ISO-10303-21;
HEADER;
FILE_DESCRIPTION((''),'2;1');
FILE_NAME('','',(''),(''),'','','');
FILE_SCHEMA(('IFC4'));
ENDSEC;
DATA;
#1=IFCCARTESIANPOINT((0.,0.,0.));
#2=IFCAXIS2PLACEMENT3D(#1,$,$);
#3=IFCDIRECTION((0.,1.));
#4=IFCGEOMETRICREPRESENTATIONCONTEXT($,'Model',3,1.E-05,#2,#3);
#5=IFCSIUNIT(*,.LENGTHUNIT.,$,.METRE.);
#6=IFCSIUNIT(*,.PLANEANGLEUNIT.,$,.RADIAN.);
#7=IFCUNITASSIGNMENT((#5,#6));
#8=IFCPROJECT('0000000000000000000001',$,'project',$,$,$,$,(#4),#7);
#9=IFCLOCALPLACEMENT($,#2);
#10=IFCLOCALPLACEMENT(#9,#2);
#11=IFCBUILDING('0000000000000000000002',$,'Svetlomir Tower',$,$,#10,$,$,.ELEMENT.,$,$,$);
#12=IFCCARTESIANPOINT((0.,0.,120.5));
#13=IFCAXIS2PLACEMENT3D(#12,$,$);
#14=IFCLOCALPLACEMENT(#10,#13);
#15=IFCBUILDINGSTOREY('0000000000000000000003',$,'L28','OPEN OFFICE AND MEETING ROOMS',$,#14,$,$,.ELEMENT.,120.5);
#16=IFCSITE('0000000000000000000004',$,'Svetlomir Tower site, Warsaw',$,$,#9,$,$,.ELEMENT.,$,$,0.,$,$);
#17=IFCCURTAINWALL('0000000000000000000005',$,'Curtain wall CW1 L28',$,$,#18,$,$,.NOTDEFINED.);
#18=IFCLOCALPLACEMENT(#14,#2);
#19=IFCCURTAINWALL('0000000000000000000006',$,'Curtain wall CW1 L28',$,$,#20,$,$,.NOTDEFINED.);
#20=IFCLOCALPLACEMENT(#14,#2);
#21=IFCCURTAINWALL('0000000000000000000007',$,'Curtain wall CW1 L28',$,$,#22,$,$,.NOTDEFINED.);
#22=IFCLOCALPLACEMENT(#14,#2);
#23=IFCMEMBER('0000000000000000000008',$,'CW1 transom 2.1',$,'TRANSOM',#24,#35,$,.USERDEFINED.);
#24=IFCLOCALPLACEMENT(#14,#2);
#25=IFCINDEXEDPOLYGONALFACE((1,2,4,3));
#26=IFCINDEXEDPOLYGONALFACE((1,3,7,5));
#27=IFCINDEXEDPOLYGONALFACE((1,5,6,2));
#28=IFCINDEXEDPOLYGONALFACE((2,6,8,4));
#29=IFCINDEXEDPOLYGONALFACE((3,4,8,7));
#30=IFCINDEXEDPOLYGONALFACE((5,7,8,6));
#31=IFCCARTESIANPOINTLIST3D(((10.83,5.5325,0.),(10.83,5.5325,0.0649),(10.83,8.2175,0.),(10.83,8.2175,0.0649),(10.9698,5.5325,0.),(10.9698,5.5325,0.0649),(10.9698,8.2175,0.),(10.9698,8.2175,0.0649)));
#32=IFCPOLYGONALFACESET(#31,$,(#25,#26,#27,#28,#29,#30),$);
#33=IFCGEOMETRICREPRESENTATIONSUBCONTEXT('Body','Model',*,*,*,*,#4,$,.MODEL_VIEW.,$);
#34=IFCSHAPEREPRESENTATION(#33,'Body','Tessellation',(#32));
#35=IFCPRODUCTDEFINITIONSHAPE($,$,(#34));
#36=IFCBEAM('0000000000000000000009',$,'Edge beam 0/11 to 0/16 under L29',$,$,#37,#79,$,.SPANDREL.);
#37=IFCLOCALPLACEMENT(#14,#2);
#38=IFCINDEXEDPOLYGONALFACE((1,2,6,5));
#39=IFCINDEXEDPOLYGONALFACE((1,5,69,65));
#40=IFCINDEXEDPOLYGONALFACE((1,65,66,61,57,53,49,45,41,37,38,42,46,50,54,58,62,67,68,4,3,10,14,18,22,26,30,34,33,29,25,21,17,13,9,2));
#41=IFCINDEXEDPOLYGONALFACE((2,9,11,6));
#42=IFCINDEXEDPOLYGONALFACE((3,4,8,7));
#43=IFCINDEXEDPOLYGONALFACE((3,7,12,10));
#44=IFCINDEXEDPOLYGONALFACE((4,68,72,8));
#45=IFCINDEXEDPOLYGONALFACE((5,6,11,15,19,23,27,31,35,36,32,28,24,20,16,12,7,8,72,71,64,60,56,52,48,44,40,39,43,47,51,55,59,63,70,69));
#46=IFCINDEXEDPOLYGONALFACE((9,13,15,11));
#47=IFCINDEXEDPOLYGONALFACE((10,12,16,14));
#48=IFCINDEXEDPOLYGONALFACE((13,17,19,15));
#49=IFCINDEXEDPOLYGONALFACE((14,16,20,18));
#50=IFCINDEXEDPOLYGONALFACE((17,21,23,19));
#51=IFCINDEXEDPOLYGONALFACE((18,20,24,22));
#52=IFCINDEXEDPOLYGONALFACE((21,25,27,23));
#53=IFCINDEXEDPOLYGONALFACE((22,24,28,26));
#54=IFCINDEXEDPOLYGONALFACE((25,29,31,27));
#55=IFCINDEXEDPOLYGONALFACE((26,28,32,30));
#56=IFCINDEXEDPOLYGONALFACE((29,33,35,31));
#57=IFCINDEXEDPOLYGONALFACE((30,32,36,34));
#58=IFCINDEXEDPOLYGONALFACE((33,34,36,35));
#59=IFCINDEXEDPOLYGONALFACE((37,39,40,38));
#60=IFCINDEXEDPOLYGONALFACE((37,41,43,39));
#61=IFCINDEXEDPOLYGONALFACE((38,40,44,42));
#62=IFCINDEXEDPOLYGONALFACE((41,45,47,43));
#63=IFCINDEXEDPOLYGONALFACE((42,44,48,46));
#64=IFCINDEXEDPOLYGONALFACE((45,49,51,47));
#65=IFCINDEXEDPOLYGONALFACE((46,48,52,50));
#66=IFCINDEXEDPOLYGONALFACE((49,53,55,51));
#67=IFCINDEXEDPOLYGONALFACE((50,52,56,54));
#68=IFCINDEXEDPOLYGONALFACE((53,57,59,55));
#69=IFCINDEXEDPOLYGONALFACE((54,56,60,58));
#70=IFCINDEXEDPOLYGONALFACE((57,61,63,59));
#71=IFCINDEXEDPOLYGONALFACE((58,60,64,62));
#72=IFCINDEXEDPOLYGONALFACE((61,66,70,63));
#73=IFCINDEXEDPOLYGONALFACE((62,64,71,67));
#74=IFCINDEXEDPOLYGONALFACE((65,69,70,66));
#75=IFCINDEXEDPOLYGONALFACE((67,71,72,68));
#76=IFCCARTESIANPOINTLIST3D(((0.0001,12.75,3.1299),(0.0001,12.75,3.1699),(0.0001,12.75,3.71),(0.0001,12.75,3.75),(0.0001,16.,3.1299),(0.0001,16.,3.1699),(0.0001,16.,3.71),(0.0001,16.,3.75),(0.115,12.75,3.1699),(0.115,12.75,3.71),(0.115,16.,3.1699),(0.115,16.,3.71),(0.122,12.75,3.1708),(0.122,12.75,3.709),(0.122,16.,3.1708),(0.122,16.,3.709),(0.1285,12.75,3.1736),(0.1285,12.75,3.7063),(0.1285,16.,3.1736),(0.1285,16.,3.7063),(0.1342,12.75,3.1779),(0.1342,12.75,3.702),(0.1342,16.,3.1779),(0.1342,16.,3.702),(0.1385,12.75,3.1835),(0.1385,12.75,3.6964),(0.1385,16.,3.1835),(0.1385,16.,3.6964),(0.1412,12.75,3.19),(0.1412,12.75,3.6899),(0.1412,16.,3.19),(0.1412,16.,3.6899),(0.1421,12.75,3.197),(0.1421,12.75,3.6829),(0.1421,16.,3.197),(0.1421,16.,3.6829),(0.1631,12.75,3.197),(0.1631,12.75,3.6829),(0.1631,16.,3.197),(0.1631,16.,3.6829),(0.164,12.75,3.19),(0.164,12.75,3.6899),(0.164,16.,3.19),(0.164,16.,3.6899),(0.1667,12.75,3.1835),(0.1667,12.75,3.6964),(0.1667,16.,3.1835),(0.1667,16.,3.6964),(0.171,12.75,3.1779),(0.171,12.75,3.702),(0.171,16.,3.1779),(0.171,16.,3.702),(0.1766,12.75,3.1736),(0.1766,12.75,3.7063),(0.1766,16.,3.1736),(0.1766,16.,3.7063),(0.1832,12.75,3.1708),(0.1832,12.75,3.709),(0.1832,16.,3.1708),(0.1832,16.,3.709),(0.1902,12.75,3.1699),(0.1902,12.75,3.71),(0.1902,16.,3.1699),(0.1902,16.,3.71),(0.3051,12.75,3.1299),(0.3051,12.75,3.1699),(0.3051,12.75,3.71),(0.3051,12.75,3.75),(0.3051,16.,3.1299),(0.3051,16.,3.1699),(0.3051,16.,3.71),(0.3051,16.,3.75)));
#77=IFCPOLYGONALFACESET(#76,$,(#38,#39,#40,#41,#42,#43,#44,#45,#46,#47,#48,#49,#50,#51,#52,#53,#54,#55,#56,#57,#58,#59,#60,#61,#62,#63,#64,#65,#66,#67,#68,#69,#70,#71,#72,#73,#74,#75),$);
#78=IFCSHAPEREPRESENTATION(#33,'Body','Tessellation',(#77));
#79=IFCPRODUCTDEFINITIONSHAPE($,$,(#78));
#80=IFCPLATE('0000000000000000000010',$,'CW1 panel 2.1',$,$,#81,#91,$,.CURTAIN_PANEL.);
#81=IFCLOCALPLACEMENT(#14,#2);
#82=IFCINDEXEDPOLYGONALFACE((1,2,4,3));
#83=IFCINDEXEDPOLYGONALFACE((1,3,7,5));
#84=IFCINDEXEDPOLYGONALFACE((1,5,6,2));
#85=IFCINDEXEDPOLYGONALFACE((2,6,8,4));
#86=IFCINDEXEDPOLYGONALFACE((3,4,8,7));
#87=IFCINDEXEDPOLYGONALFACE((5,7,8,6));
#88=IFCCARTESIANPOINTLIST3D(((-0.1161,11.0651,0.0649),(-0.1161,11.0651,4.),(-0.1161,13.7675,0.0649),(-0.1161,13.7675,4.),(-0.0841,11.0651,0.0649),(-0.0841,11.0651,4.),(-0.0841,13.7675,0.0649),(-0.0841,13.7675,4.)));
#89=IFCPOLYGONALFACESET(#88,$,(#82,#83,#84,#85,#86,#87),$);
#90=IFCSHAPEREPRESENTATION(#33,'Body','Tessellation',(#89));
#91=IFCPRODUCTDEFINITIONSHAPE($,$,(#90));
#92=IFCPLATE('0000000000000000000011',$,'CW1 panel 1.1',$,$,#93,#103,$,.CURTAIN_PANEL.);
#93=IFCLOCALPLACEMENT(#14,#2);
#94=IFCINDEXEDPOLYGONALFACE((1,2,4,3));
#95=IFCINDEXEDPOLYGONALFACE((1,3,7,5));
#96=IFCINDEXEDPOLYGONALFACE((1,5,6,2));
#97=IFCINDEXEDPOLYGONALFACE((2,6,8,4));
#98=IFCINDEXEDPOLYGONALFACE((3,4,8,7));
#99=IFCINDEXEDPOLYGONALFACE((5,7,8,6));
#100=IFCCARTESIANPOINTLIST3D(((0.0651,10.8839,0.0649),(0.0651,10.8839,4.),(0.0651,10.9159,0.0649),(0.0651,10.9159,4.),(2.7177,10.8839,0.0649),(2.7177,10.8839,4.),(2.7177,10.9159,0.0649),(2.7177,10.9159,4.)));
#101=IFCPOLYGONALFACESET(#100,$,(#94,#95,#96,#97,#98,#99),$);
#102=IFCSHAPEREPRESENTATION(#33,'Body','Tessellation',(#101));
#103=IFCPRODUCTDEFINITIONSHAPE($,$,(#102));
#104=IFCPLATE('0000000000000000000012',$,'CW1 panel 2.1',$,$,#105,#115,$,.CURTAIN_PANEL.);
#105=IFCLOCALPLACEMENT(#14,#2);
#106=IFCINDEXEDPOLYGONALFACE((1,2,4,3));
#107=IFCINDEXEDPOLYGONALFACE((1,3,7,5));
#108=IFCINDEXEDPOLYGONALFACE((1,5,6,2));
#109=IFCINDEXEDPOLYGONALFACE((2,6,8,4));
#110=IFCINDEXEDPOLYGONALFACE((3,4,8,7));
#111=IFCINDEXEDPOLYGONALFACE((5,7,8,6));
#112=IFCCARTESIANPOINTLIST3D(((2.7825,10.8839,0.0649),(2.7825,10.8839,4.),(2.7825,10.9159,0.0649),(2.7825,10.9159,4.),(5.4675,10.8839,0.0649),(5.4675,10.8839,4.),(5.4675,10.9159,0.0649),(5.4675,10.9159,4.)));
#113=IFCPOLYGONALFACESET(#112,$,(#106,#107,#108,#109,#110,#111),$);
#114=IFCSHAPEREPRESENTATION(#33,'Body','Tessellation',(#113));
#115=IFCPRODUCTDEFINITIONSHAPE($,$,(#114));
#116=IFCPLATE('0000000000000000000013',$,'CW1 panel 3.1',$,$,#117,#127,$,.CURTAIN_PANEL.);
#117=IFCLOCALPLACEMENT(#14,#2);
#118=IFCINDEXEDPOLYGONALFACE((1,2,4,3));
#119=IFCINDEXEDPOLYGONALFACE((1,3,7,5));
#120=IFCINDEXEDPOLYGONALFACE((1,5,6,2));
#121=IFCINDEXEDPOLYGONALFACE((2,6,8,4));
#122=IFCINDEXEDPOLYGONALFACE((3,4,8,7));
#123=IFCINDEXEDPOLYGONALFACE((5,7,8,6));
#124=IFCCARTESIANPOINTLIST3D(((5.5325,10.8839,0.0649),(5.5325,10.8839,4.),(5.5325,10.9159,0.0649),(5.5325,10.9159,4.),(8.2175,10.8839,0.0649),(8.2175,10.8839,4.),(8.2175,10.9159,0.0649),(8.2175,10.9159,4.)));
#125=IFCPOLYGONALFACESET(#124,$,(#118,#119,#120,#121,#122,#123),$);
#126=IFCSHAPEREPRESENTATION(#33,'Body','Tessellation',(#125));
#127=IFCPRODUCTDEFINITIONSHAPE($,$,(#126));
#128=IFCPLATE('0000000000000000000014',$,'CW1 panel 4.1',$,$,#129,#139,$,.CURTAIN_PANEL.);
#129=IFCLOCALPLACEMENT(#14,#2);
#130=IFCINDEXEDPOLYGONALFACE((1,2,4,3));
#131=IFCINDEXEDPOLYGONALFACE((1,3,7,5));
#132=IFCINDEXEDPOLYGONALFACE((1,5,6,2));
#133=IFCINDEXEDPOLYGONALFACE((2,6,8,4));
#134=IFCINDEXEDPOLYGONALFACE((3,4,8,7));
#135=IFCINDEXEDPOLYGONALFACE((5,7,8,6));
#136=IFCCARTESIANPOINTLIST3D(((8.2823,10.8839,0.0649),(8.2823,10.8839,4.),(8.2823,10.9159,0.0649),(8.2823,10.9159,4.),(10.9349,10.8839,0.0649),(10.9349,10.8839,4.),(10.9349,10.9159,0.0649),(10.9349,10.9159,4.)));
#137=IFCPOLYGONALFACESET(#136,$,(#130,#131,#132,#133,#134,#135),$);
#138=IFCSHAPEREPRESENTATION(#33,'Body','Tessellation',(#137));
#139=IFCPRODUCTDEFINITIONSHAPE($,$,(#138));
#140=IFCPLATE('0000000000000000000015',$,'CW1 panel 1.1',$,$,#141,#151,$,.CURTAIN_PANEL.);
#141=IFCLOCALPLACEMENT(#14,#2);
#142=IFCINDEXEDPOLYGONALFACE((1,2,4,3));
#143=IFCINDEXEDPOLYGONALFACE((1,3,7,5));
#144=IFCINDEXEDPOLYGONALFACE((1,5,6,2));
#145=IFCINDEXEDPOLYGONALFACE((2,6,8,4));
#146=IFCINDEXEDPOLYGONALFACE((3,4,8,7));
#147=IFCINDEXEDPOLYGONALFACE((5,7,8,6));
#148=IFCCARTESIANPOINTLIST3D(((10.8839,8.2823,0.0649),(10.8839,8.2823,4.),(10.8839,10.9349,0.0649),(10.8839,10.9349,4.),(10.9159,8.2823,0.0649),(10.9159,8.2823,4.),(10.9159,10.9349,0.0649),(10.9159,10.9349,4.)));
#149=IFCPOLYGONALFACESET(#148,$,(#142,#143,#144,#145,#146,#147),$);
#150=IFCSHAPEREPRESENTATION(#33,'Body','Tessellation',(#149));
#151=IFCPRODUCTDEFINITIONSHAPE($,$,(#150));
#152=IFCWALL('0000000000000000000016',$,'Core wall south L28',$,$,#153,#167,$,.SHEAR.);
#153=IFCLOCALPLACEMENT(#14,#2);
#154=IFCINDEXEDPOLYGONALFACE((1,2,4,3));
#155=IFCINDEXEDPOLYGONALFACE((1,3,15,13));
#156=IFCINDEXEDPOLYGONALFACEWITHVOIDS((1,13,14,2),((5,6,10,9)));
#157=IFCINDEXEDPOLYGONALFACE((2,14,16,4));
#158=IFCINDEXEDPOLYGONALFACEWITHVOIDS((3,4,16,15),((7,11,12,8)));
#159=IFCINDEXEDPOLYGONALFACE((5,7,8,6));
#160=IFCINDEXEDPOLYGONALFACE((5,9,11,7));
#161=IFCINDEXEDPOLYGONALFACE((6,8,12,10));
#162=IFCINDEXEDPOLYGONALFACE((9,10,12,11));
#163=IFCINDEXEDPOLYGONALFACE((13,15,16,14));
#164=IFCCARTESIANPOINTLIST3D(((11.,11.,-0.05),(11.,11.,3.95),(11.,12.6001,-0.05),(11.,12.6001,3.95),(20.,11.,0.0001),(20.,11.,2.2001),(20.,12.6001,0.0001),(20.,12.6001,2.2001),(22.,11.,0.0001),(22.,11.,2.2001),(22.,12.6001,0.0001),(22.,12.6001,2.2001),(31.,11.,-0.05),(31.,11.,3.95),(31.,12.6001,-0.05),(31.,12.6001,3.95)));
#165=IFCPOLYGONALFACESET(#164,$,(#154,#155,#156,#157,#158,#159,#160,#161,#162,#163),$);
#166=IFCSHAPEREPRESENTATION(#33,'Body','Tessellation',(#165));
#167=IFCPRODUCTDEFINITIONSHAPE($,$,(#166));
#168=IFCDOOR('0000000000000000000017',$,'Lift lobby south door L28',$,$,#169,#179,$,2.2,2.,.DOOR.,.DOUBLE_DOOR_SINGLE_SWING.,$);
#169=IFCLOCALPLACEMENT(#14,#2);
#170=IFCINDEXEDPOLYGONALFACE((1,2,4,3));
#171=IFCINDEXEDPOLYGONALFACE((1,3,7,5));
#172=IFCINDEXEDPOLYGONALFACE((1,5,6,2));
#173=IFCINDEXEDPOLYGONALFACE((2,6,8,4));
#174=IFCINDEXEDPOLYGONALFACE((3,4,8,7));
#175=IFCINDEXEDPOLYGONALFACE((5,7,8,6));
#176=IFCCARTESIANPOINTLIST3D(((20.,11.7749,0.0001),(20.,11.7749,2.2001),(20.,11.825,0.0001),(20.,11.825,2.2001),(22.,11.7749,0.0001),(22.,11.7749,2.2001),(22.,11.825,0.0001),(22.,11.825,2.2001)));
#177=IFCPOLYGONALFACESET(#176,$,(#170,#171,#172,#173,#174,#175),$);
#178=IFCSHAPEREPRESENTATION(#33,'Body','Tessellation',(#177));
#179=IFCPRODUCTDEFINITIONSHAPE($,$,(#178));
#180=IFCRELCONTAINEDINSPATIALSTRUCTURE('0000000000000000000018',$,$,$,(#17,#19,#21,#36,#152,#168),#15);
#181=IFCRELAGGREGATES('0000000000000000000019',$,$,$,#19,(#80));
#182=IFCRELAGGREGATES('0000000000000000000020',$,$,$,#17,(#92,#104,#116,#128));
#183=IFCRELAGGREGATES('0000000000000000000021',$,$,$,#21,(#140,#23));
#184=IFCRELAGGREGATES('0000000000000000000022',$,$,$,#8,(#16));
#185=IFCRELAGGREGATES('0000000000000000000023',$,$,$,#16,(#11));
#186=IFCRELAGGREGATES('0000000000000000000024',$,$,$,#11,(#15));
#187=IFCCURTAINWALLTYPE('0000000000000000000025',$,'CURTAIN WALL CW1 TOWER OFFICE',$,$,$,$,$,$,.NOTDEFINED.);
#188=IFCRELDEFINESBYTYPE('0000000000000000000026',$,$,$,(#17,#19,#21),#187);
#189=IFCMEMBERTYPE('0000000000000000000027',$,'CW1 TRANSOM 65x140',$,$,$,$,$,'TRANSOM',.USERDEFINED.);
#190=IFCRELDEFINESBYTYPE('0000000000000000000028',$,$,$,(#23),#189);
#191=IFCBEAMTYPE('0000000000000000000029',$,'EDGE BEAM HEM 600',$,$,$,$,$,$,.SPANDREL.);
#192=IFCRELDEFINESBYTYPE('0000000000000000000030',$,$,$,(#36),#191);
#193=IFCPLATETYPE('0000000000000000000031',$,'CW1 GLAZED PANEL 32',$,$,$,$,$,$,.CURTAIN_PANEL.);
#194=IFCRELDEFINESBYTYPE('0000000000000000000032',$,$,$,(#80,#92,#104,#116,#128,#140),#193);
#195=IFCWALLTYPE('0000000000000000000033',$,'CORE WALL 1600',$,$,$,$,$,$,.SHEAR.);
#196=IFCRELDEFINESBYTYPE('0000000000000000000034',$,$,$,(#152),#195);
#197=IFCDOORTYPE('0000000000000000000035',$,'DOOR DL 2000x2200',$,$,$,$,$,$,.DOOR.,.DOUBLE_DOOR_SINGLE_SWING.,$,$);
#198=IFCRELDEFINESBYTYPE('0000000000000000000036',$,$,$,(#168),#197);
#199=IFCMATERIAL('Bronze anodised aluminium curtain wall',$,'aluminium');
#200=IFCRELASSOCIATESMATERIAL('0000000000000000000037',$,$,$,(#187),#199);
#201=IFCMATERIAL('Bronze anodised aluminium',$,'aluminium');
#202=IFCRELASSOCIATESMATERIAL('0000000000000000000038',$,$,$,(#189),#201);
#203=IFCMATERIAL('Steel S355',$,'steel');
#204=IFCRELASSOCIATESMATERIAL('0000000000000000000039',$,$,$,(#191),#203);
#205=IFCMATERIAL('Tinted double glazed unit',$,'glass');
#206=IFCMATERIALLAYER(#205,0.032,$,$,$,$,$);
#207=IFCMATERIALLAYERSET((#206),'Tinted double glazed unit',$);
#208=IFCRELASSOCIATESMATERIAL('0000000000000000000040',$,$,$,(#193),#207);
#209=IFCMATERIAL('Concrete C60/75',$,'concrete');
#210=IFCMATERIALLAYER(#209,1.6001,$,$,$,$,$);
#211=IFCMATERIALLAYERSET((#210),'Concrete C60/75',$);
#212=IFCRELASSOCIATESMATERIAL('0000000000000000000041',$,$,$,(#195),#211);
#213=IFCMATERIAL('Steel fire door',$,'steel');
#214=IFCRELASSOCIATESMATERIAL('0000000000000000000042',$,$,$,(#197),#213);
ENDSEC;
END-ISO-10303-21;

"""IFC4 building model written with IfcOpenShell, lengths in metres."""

from ifc_helpers import new_model, si_unit, direction, frame, frame_2d, origin, origin_2d, place, context, subcontext, project, spatial, rectangle, i_section, extrude, material, layer, layer_set, material_profile, profile_set, type_object, element, fill, aggregate, save


model = new_model("IFC4")

# Units and contexts
model_context = context("Model", 3, precision=1e-05, world=origin(), true_north=direction((0.0, 1.0)))
body_context = subcontext(model_context, "Body", "Model", "MODEL_VIEW")
ifc_project = project(units=[si_unit("LENGTHUNIT", "METRE"), si_unit("PLANEANGLEUNIT", "RADIAN")], contexts=[model_context])

# Site, building, storey
site_placement = place(None, origin())
site = spatial("IfcSite", under=ifc_project, at=site_placement, Name="Svetlomir Tower site, Warsaw", CompositionType="ELEMENT", RefElevation=0.0)
building_placement = place(site_placement, origin())
building = spatial("IfcBuilding", under=site, at=building_placement, Name="Svetlomir Tower", CompositionType="ELEMENT")
storey_placement = place(building_placement, frame((0.0, 0.0, 120.5)))
storey = spatial("IfcBuildingStorey", under=building, at=storey_placement, Name="L28", Description="OPEN OFFICE AND MEETING ROOMS", CompositionType="ELEMENT", Elevation=120.5)

# Curtain walls
ifc_material_1 = material(Name="Bronze anodised aluminium curtain wall", Category="aluminium")
curtain_wall_type = type_object("IfcCurtainWallType", Name="CURTAIN WALL CW1 TOWER OFFICE", PredefinedType="NOTDEFINED", material=ifc_material_1)
curtain_wall_1_placement = place(storey_placement, origin())
curtain_wall_1 = element("IfcCurtainWall", 1, at=curtain_wall_1_placement, inside=storey, type_object=curtain_wall_type, Name="Curtain wall CW1 L28", PredefinedType="NOTDEFINED")
curtain_wall_2_placement = place(storey_placement, origin())
curtain_wall_2 = element("IfcCurtainWall", 2, at=curtain_wall_2_placement, inside=storey, type_object=curtain_wall_type, Name="Curtain wall CW1 L28", PredefinedType="NOTDEFINED")

# Curtain wall
curtain_wall_3_placement = place(storey_placement, origin())
curtain_wall_3 = element("IfcCurtainWall", 3, at=curtain_wall_3_placement, inside=storey, type_object=curtain_wall_type, Name="Curtain wall CW1 L28", PredefinedType="NOTDEFINED")

# Member
ifc_material_2 = material(Name="Bronze anodised aluminium", Category="aluminium")
ifc_material_profile_1 = material_profile(ifc_material_2, rectangle(XDim=0.1399, YDim=0.0649, at=origin_2d()), Name="AL 140x65")
ifc_profile_set_1 = profile_set([ifc_material_profile_1], Name="Bronze anodised aluminium 6063-T6")
member_type_1 = type_object("IfcMemberType", Name="CW1 TRANSOM 65x140", ElementType="TRANSOM", PredefinedType="USERDEFINED", material=ifc_profile_set_1)
member_1_placement = place(storey_placement, frame((10.8999, 8.2175, 0.0325), z_axis=(0.0, -1.0, 0.0), x_axis=(1.0, 0.0, 0.0)))
member_1 = element("IfcMember", 4, at=member_1_placement, type_object=member_type_1, Name="CW1 transom 2.1", ObjectType="TRANSOM", PredefinedType="USERDEFINED", context=body_context, shape_type="SweptSolid", body=[
    extrude(rectangle(XDim=0.1399, YDim=0.0649, at=origin_2d()), origin(), (0.0, 0.0, 1.0), 2.6851),
])

# Beam
ifc_material_3 = material(Name="Steel S355", Category="steel")
ifc_material_profile_2 = material_profile(ifc_material_3, i_section(OverallWidth=0.3049, OverallDepth=0.6201, WebThickness=0.021, FlangeThickness=0.04, FilletRadius=0.0271, at=origin_2d()), Name="HEM 600")
ifc_profile_set_2 = profile_set([ifc_material_profile_2], Name="Steel S355")
beam_type = type_object("IfcBeamType", Name="EDGE BEAM HEM 600", PredefinedType="SPANDREL", material=ifc_profile_set_2)
beam_placement = place(storey_placement, frame((0.1526, 12.75, 3.4399), z_axis=(0.0, 1.0, 0.0), x_axis=(-1.0, 0.0, 0.0)))
element("IfcBeam", 5, at=beam_placement, inside=storey, type_object=beam_type, Name="Edge beam 0/11 to 0/16 under L29", PredefinedType="SPANDREL", context=body_context, shape_type="SweptSolid", body=[
    extrude(i_section(OverallWidth=0.3049, OverallDepth=0.6201, WebThickness=0.021, FlangeThickness=0.04, FilletRadius=0.0271, at=origin_2d()), origin(), (0.0, 0.0, 1.0), 3.25),
])

# Plates
ifc_material_4 = material(Name="Tinted double glazed unit", Category="glass")
ifc_layer_1 = layer(ifc_material_4, 0.032)
ifc_layer_set_1 = layer_set([ifc_layer_1], Name="Tinted double glazed unit")
plate_type = type_object("IfcPlateType", Name="CW1 GLAZED PANEL 32", PredefinedType="CURTAIN_PANEL", material=ifc_layer_set_1)
plate_1_placement = place(storey_placement, frame((-0.1001, 12.4163, 0.0649), z_axis=(0.0, 0.0, 1.0), x_axis=(0.0, -1.0, 0.0)))
plate_1 = element("IfcPlate", 6, at=plate_1_placement, type_object=plate_type, Name="CW1 panel 2.1", PredefinedType="CURTAIN_PANEL", context=body_context, shape_type="SweptSolid", body=[
    extrude(rectangle(XDim=2.7024, YDim=0.032, at=origin_2d()), origin(), (0.0, 0.0, 1.0), 3.9351),
])
aggregate(curtain_wall_2, [plate_1])
plate_2_placement = place(storey_placement, frame((1.3914, 10.8999, 0.0649), z_axis=(0.0, 0.0, 1.0), x_axis=(1.0, 0.0, 0.0)))
plate_2 = element("IfcPlate", 7, at=plate_2_placement, type_object=plate_type, Name="CW1 panel 1.1", PredefinedType="CURTAIN_PANEL", context=body_context, shape_type="SweptSolid", body=[
    extrude(rectangle(XDim=2.6526, YDim=0.032, at=origin_2d()), origin(), (0.0, 0.0, 1.0), 3.9351),
])
plate_3_placement = place(storey_placement, frame((4.125, 10.8999, 0.0649), z_axis=(0.0, 0.0, 1.0), x_axis=(1.0, 0.0, 0.0)))
plate_3 = element("IfcPlate", 8, at=plate_3_placement, type_object=plate_type, Name="CW1 panel 2.1", PredefinedType="CURTAIN_PANEL", context=body_context, shape_type="SweptSolid", body=[
    extrude(rectangle(XDim=2.6851, YDim=0.032, at=origin_2d()), origin(), (0.0, 0.0, 1.0), 3.9351),
])
plate_4_placement = place(storey_placement, frame((6.875, 10.8999, 0.0649), z_axis=(0.0, 0.0, 1.0), x_axis=(1.0, 0.0, 0.0)))
plate_4 = element("IfcPlate", 9, at=plate_4_placement, type_object=plate_type, Name="CW1 panel 3.1", PredefinedType="CURTAIN_PANEL", context=body_context, shape_type="SweptSolid", body=[
    extrude(rectangle(XDim=2.6851, YDim=0.032, at=origin_2d()), origin(), (0.0, 0.0, 1.0), 3.9351),
])
plate_5_placement = place(storey_placement, frame((9.6086, 10.8999, 0.0649), z_axis=(0.0, 0.0, 1.0), x_axis=(1.0, 0.0, 0.0)))
plate_5 = element("IfcPlate", 10, at=plate_5_placement, type_object=plate_type, Name="CW1 panel 4.1", PredefinedType="CURTAIN_PANEL", context=body_context, shape_type="SweptSolid", body=[
    extrude(rectangle(XDim=2.6526, YDim=0.032, at=origin_2d()), origin(), (0.0, 0.0, 1.0), 3.9351),
])
aggregate(curtain_wall_1, [plate_2, plate_3, plate_4, plate_5])
plate_6_placement = place(storey_placement, frame((10.8999, 9.6086, 0.0649), z_axis=(0.0, 0.0, 1.0), x_axis=(0.0, -1.0, 0.0)))
plate_6 = element("IfcPlate", 11, at=plate_6_placement, type_object=plate_type, Name="CW1 panel 1.1", PredefinedType="CURTAIN_PANEL", context=body_context, shape_type="SweptSolid", body=[
    extrude(rectangle(XDim=2.6526, YDim=0.032, at=origin_2d()), origin(), (0.0, 0.0, 1.0), 3.9351),
])
aggregate(curtain_wall_3, [plate_6, member_1])

# Wall, opening, door
ifc_material_5 = material(Name="Concrete C60/75", Category="concrete")
ifc_layer_2 = layer(ifc_material_5, 1.6001)
ifc_layer_set_2 = layer_set([ifc_layer_2], Name="Concrete C60/75")
wall_type_1 = type_object("IfcWallType", Name="CORE WALL 1600", PredefinedType="SHEAR", material=ifc_layer_set_2)
wall_1_placement = place(storey_placement, frame((11.0, 11.8, -0.05), z_axis=(0.0, 0.0, 1.0), x_axis=(1.0, 0.0, 0.0)))
wall_1 = element("IfcWall", 12, at=wall_1_placement, inside=storey, type_object=wall_type_1, Name="Core wall south L28", PredefinedType="SHEAR", context=body_context, shape_type="SweptSolid", body=[
    extrude(rectangle(XDim=20.0, YDim=1.6001, at=frame_2d((10.0, 0.0))), origin(), (0.0, 0.0, 1.0), 4.0),
])
opening_1_placement = place(wall_1_placement, frame((9.0, 0.0, 0.05)))
opening_1 = element("IfcOpeningElement", 13, at=opening_1_placement, cuts=wall_1, PredefinedType="OPENING", context=body_context, shape_type="SweptSolid", body=[
    extrude(rectangle(XDim=2.0, YDim=2.2, at=frame_2d((1.0, 1.1001))), frame((0.0, 0.8101, 0.0), z_axis=(0.0, -1.0, 0.0), x_axis=(1.0, 0.0, 0.0)), (0.0, 0.0, 1.0), 1.6201),
])
ifc_material_6 = material(Name="Steel fire door", Category="steel")
door_type_1 = type_object("IfcDoorType", Name="DOOR DL 2000x2200", OperationType="DOUBLE_DOOR_SINGLE_SWING", PredefinedType="DOOR", material=ifc_material_6)
door_1_placement = place(opening_1_placement, origin())
door_1 = element("IfcDoor", 14, at=door_1_placement, inside=storey, type_object=door_type_1, Name="Lift lobby south door L28", OperationType="DOUBLE_DOOR_SINGLE_SWING", OverallHeight=2.2, OverallWidth=2.0, PredefinedType="DOOR", context=body_context, shape_type="SweptSolid", body=[
    extrude(rectangle(XDim=2.0, YDim=2.2, at=frame_2d((1.0, 1.1001))), frame((0.0, 0.0249, 0.0), z_axis=(0.0, -1.0, 0.0), x_axis=(1.0, 0.0, 0.0)), (0.0, 0.0, 1.0), 0.05),
])
fill(opening_1, door_1)

save(model, "model.ifc")
